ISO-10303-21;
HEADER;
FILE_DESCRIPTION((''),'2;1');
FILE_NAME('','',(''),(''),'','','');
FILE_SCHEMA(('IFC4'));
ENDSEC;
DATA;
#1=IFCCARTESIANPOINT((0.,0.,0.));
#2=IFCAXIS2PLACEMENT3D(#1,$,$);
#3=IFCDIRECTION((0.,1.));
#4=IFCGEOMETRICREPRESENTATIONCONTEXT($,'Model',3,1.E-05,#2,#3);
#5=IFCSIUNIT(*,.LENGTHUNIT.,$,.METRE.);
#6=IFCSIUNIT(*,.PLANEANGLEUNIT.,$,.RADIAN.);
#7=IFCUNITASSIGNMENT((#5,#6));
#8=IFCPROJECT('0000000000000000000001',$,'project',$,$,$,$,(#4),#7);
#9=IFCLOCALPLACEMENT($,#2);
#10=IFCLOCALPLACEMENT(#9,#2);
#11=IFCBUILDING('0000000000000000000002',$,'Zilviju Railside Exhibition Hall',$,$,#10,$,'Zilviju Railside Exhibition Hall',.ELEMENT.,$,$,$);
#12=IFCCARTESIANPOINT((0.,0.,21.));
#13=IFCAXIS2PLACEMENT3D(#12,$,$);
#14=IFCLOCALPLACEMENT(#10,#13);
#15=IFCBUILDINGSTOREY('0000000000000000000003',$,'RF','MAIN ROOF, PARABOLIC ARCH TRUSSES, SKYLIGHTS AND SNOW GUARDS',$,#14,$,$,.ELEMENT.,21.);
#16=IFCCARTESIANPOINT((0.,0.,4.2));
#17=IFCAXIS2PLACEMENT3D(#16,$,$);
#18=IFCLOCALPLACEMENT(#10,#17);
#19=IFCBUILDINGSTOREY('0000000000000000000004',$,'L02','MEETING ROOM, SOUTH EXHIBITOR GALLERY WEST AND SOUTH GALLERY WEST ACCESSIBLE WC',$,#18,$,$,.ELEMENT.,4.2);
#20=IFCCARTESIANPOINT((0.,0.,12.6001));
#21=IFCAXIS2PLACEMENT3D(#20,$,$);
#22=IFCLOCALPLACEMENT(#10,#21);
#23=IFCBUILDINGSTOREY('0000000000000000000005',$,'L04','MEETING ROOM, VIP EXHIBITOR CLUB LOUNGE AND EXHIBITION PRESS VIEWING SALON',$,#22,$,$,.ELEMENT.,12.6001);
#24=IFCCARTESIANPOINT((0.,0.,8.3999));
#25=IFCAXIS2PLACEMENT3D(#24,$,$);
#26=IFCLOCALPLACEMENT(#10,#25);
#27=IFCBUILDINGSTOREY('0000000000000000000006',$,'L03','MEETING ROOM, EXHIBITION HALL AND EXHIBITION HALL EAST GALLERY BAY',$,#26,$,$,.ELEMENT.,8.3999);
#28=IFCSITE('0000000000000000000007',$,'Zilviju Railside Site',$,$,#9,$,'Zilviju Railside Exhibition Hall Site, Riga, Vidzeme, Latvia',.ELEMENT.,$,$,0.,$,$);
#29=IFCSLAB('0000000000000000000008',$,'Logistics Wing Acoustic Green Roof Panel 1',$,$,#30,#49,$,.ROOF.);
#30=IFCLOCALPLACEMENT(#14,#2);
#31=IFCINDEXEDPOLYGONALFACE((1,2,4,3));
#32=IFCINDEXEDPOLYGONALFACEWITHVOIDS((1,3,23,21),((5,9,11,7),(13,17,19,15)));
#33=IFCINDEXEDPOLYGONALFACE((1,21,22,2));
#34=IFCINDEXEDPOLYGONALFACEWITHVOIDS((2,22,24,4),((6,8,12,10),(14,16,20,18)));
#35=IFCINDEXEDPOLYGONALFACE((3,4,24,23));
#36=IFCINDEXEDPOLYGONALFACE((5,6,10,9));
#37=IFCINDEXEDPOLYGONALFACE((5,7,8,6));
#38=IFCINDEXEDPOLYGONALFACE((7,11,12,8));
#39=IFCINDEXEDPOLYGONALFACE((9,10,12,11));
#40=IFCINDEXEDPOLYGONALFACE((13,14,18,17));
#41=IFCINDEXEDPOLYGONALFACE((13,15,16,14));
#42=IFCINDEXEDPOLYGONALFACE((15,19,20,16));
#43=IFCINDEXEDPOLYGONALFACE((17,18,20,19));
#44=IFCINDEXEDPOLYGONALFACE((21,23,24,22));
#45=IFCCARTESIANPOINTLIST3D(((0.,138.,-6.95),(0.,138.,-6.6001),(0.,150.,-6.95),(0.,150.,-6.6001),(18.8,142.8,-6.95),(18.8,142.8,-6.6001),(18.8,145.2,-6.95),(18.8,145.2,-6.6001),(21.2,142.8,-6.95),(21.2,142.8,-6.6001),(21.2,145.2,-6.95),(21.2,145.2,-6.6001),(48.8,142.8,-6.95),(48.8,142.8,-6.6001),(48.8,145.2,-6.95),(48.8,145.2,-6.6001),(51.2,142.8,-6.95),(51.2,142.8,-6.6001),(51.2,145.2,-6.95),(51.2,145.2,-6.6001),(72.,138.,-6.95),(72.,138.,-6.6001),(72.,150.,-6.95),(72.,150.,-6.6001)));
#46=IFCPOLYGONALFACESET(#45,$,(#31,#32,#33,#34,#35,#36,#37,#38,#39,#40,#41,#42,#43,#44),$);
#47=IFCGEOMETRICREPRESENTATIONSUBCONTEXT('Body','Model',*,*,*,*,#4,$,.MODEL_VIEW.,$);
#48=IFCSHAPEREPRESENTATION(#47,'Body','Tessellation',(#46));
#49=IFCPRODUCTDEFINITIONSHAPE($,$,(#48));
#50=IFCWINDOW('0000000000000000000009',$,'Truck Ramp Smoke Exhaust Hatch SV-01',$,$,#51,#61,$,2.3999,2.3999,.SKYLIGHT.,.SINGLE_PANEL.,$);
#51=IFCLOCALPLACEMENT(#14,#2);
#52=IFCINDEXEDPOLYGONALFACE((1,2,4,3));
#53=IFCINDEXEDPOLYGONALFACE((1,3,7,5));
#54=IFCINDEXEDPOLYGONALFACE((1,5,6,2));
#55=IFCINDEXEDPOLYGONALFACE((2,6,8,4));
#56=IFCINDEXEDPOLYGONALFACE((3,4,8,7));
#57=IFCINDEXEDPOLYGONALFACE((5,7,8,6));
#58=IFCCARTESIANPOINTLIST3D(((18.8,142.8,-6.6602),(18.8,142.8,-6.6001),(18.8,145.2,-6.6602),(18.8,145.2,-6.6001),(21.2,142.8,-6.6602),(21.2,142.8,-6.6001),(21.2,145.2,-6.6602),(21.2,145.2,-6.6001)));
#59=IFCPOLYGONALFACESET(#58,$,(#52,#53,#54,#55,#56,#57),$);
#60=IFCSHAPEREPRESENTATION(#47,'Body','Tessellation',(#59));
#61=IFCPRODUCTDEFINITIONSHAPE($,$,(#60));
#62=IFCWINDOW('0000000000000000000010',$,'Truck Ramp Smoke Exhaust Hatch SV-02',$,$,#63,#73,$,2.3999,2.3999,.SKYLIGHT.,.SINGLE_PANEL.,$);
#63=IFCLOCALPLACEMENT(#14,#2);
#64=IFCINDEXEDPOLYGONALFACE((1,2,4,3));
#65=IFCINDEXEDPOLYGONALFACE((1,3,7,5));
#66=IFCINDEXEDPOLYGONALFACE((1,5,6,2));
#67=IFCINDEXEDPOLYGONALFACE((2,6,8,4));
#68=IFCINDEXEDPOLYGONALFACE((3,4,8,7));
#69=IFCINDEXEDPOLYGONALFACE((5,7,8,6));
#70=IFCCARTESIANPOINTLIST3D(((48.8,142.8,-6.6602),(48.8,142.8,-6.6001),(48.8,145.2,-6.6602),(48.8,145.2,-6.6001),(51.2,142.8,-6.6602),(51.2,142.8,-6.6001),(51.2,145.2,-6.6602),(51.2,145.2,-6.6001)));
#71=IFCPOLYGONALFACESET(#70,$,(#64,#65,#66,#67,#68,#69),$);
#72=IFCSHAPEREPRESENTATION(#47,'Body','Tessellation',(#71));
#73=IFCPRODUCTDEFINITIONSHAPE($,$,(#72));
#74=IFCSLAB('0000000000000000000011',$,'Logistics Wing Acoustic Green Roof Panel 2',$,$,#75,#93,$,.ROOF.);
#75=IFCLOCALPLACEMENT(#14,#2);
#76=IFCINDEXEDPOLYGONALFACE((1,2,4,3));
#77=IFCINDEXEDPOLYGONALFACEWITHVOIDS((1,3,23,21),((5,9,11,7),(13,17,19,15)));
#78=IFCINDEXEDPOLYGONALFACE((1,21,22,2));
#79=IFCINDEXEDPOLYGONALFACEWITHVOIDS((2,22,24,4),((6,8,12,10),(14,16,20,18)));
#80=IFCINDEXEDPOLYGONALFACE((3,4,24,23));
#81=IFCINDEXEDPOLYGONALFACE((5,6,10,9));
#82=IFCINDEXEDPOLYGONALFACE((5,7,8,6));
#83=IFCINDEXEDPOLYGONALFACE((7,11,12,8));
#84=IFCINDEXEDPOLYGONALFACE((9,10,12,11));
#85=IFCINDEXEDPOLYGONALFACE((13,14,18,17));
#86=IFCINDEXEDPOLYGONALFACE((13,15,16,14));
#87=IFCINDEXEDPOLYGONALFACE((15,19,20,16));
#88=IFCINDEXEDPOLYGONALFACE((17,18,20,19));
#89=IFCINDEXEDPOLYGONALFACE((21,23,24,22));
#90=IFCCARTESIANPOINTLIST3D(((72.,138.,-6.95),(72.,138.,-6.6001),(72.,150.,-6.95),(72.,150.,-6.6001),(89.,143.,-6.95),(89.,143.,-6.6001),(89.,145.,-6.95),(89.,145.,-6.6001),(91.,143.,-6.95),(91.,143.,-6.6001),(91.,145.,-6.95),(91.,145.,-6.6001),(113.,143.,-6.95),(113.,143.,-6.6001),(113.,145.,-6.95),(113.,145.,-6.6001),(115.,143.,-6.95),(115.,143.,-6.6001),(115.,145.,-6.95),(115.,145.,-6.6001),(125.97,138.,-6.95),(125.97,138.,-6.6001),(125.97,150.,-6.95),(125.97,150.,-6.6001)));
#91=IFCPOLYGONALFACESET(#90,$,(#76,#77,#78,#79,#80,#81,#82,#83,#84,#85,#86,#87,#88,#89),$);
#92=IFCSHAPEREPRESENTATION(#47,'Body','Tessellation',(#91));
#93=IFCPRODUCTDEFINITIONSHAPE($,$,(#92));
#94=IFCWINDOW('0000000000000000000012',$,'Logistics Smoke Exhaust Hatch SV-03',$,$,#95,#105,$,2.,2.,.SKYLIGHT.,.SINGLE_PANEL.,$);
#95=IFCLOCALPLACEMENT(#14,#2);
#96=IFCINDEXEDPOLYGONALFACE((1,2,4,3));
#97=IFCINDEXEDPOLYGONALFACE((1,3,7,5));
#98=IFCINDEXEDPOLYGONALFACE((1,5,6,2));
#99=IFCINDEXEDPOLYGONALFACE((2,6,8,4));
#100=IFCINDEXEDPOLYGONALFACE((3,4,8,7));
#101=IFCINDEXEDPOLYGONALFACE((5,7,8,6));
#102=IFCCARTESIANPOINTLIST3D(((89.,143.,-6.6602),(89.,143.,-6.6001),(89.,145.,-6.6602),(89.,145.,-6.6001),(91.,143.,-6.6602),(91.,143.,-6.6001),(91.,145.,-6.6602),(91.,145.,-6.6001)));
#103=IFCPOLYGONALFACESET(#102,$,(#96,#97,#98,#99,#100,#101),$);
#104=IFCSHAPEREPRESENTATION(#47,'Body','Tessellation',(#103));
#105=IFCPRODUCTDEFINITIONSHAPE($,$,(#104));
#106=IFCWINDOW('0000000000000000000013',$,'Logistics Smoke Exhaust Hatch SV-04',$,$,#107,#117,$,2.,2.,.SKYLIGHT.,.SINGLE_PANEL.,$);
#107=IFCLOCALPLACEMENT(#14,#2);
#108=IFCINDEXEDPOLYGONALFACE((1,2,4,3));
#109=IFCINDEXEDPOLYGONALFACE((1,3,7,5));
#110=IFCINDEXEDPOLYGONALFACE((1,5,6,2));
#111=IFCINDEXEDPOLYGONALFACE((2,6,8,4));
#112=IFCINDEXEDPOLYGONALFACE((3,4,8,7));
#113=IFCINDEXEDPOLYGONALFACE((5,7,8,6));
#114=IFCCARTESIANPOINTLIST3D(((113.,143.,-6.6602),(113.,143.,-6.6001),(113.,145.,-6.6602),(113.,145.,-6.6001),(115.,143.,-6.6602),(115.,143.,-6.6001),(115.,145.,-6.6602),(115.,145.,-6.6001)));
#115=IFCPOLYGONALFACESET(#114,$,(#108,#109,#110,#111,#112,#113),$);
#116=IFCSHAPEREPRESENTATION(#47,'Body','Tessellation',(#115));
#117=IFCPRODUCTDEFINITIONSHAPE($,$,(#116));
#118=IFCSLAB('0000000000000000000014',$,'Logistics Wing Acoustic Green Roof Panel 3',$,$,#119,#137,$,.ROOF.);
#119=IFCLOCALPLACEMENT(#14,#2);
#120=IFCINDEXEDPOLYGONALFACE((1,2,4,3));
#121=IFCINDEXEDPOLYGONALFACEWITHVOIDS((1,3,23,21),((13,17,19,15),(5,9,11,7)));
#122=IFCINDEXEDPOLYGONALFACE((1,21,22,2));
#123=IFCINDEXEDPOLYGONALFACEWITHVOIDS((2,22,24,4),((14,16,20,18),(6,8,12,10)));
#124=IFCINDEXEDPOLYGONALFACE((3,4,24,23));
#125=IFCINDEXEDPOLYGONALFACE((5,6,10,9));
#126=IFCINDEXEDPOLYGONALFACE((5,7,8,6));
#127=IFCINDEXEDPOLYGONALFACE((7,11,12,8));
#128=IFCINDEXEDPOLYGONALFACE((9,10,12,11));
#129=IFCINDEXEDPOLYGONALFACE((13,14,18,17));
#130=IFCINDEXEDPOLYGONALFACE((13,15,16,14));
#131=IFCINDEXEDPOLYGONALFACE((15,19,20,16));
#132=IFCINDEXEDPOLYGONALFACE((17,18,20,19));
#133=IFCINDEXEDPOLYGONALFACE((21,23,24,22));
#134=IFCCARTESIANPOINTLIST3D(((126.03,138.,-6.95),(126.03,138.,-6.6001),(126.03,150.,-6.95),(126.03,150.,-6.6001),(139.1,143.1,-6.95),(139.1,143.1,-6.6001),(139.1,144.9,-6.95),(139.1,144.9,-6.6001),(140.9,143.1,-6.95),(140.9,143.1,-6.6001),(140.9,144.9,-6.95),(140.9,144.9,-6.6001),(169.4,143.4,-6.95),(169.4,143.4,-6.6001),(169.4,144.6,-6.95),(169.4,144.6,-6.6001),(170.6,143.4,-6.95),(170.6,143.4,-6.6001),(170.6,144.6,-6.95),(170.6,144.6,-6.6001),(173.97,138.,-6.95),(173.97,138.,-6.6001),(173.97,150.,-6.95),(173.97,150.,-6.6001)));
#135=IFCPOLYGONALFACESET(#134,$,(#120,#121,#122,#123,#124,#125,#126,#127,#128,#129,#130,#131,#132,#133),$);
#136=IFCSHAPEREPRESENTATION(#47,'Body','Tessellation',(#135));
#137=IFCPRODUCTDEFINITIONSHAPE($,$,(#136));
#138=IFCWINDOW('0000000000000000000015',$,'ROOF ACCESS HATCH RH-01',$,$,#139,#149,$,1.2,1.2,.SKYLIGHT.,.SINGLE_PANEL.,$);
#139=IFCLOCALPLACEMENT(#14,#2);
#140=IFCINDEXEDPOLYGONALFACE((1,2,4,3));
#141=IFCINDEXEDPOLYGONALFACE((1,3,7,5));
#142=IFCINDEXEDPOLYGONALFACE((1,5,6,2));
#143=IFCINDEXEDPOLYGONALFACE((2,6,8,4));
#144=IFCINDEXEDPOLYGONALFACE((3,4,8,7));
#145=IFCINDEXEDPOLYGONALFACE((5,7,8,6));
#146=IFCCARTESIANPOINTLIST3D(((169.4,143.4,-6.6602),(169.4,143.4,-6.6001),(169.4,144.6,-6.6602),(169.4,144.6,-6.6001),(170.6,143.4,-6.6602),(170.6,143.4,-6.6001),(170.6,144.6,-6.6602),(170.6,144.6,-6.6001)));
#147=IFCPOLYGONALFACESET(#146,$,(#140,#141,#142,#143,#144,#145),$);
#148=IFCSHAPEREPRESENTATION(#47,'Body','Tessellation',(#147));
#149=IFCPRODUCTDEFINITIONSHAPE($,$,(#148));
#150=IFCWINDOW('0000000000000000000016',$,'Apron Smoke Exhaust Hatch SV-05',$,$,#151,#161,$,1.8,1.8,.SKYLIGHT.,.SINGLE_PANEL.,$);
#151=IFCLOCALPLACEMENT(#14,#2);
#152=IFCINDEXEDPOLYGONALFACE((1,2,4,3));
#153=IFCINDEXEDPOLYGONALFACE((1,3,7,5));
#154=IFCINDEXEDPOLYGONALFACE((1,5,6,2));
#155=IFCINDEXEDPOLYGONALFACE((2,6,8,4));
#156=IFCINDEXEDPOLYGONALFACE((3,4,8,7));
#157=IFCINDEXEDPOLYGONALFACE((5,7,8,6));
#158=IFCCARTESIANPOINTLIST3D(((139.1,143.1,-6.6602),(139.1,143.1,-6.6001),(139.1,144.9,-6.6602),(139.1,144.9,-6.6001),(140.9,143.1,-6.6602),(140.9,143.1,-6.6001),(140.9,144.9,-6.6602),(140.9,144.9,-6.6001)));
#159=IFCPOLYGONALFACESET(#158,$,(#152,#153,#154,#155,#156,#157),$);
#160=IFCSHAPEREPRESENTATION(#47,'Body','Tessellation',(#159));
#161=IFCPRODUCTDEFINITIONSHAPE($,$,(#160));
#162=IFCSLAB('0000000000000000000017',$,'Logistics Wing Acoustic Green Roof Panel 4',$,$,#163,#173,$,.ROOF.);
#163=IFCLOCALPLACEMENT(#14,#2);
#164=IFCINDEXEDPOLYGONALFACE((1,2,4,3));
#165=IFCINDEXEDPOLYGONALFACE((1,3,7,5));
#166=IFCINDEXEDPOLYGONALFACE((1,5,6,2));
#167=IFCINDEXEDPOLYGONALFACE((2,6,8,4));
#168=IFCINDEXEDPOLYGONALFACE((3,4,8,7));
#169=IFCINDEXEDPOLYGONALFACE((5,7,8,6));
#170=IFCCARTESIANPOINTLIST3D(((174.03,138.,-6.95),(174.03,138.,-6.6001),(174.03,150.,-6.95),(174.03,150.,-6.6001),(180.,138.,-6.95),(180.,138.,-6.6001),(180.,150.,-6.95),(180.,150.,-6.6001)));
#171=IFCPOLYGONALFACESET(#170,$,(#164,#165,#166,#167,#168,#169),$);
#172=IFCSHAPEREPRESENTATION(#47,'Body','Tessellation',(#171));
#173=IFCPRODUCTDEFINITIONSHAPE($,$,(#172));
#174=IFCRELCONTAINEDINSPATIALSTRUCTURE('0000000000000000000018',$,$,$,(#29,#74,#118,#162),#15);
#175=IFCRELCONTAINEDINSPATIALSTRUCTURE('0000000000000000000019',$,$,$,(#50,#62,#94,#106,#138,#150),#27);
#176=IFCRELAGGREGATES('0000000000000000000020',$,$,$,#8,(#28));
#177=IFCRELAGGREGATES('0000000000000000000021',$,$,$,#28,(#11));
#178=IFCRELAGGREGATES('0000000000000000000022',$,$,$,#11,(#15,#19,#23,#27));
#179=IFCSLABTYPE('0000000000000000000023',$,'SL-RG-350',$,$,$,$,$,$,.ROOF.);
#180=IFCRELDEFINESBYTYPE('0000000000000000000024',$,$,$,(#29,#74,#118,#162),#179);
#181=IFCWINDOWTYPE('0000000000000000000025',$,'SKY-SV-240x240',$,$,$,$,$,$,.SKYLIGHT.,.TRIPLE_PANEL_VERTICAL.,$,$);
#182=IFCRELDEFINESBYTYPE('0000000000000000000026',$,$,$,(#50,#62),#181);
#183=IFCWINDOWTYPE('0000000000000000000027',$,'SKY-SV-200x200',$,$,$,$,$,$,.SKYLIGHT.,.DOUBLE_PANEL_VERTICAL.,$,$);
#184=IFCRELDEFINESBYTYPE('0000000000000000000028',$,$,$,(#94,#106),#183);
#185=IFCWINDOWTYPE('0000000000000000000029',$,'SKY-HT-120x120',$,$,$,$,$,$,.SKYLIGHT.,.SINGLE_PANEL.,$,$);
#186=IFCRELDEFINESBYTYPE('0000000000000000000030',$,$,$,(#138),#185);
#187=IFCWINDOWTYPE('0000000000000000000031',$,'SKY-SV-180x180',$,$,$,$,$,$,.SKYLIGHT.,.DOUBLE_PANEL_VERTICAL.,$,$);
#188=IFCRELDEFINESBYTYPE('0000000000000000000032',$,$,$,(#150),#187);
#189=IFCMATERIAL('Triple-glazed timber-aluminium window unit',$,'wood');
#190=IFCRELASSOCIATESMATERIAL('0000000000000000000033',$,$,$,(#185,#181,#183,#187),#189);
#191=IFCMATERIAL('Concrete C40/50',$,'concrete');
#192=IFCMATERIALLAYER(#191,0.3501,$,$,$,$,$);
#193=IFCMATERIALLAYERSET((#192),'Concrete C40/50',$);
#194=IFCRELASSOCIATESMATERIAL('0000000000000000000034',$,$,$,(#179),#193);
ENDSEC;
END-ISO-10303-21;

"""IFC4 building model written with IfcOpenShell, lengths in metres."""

from ifc_helpers import new_model, si_unit, direction, frame, origin, origin_2d, place, context, subcontext, project, spatial, polyline, rectangle, outline, extrude, material, layer, layer_set, type_object, element, fill, save


model = new_model("IFC4")

# Units and contexts
model_context = context("Model", 3, precision=1e-05, world=origin(), true_north=direction((0.0, 1.0)))
body_context = subcontext(model_context, "Body", "Model", "MODEL_VIEW")
ifc_project = project(units=[si_unit("LENGTHUNIT", "METRE"), si_unit("PLANEANGLEUNIT", "RADIAN")], contexts=[model_context])

# Site, building, storey
site_placement = place(None, origin())
site = spatial("IfcSite", under=ifc_project, at=site_placement, Name="Zilviju Railside Site", LongName="Zilviju Railside Exhibition Hall Site, Riga, Vidzeme, Latvia", CompositionType="ELEMENT", RefElevation=0.0)
building_placement = place(site_placement, origin())
building = spatial("IfcBuilding", under=site, at=building_placement, Name="Zilviju Railside Exhibition Hall", LongName="Zilviju Railside Exhibition Hall", CompositionType="ELEMENT")
storey_1_placement = place(building_placement, frame((0.0, 0.0, 21.0)))
storey_1 = spatial("IfcBuildingStorey", under=building, at=storey_1_placement, Name="RF", Description="MAIN ROOF, PARABOLIC ARCH TRUSSES, SKYLIGHTS AND SNOW GUARDS", CompositionType="ELEMENT", Elevation=21.0)

# Shared definitions
storey_2_placement = place(building_placement, frame((0.0, 0.0, 4.2)))
storey_2 = spatial("IfcBuildingStorey", under=building, at=storey_2_placement, Name="L02", Description="MEETING ROOM, SOUTH EXHIBITOR GALLERY WEST AND SOUTH GALLERY WEST ACCESSIBLE WC", CompositionType="ELEMENT", Elevation=4.2)

# Shared definitions
ifc_material_1 = material(Name="Triple-glazed timber-aluminium window unit", Category="wood")
window_type_1 = type_object("IfcWindowType", Name="SKY-HT-120x120", PartitioningType="SINGLE_PANEL", PredefinedType="SKYLIGHT", material=ifc_material_1)

# Shared definitions
storey_3_placement = place(building_placement, frame((0.0, 0.0, 12.6001)))
storey_3 = spatial("IfcBuildingStorey", under=building, at=storey_3_placement, Name="L04", Description="MEETING ROOM, VIP EXHIBITOR CLUB LOUNGE AND EXHIBITION PRESS VIEWING SALON", CompositionType="ELEMENT", Elevation=12.6001)

# Slab, openings
ifc_material_2 = material(Name="Concrete C40/50", Category="concrete")
ifc_layer_1 = layer(ifc_material_2, 0.3501)
ifc_layer_set_1 = layer_set([ifc_layer_1], Name="Concrete C40/50")
slab_type_1 = type_object("IfcSlabType", Name="SL-RG-350", PredefinedType="ROOF", material=ifc_layer_set_1)
slab_1_placement = place(storey_1_placement, frame((0.0, 0.0, -6.95)))
slab_1 = element("IfcSlab", 1, at=slab_1_placement, inside=storey_1, type_object=slab_type_1, Name="Logistics Wing Acoustic Green Roof Panel 1", PredefinedType="ROOF", context=body_context, shape_type="SweptSolid", body=[
    extrude(outline(polyline([(0.0, 138.0), (72.0, 138.0), (72.0, 150.0), (0.0, 150.0), (0.0, 138.0)])), origin(), (0.0, 0.0, 1.0), 0.3499),
])
opening_1_placement = place(slab_1_placement, frame((20.0, 144.0, 0.0)))
opening_1 = element("IfcOpeningElement", 2, at=opening_1_placement, cuts=slab_1, PredefinedType="OPENING", context=body_context, shape_type="SweptSolid", body=[
    extrude(rectangle(XDim=2.3999, YDim=2.3999, at=origin_2d()), frame((0.0, 0.0, -0.01)), (0.0, 0.0, 1.0), 0.3699),
])
opening_2_placement = place(slab_1_placement, frame((50.0, 144.0, 0.0)))
opening_2 = element("IfcOpeningElement", 3, at=opening_2_placement, cuts=slab_1, PredefinedType="OPENING", context=body_context, shape_type="SweptSolid", body=[
    extrude(rectangle(XDim=2.3999, YDim=2.3999, at=origin_2d()), frame((0.0, 0.0, -0.01)), (0.0, 0.0, 1.0), 0.3699),
])

# Shared definitions
storey_4_placement = place(building_placement, frame((0.0, 0.0, 8.3999)))
storey_4 = spatial("IfcBuildingStorey", under=building, at=storey_4_placement, Name="L03", Description="MEETING ROOM, EXHIBITION HALL AND EXHIBITION HALL EAST GALLERY BAY", CompositionType="ELEMENT", Elevation=8.3999)

# Windows
window_type_2 = type_object("IfcWindowType", Name="SKY-SV-240x240", PartitioningType="TRIPLE_PANEL_VERTICAL", PredefinedType="SKYLIGHT", material=ifc_material_1)
window_1_placement = place(opening_1_placement, frame((0.0, 0.0, 0.2898)))
window_1 = element("IfcWindow", 4, at=window_1_placement, inside=storey_4, type_object=window_type_2, Name="Truck Ramp Smoke Exhaust Hatch SV-01", OverallHeight=2.3999, OverallWidth=2.3999, PartitioningType="SINGLE_PANEL", PredefinedType="SKYLIGHT", context=body_context, shape_type="SweptSolid", body=[
    extrude(rectangle(XDim=2.3999, YDim=2.3999, at=origin_2d()), origin(), (0.0, 0.0, 1.0), 0.0601),
])
fill(opening_1, window_1)
window_2_placement = place(opening_2_placement, frame((0.0, 0.0, 0.2898)))
window_2 = element("IfcWindow", 5, at=window_2_placement, inside=storey_4, type_object=window_type_2, Name="Truck Ramp Smoke Exhaust Hatch SV-02", OverallHeight=2.3999, OverallWidth=2.3999, PartitioningType="SINGLE_PANEL", PredefinedType="SKYLIGHT", context=body_context, shape_type="SweptSolid", body=[
    extrude(rectangle(XDim=2.3999, YDim=2.3999, at=origin_2d()), origin(), (0.0, 0.0, 1.0), 0.0601),
])
fill(opening_2, window_2)

# Slabs, openings, windows
slab_2_placement = place(storey_1_placement, frame((0.0, 0.0, -6.95)))
slab_2 = element("IfcSlab", 6, at=slab_2_placement, inside=storey_1, type_object=slab_type_1, Name="Logistics Wing Acoustic Green Roof Panel 2", PredefinedType="ROOF", context=body_context, shape_type="SweptSolid", body=[
    extrude(outline(polyline([(72.0, 138.0), (125.97, 138.0), (125.97, 150.0), (72.0, 150.0), (72.0, 138.0)])), origin(), (0.0, 0.0, 1.0), 0.3499),
])
opening_3_placement = place(slab_2_placement, frame((90.0, 144.0, 0.0)))
opening_3 = element("IfcOpeningElement", 7, at=opening_3_placement, cuts=slab_2, PredefinedType="OPENING", context=body_context, shape_type="SweptSolid", body=[
    extrude(rectangle(XDim=2.0, YDim=2.0, at=origin_2d()), frame((0.0, 0.0, -0.01)), (0.0, 0.0, 1.0), 0.3699),
])
opening_4_placement = place(slab_2_placement, frame((114.0, 144.0, 0.0)))
opening_4 = element("IfcOpeningElement", 8, at=opening_4_placement, cuts=slab_2, PredefinedType="OPENING", context=body_context, shape_type="SweptSolid", body=[
    extrude(rectangle(XDim=2.0, YDim=2.0, at=origin_2d()), frame((0.0, 0.0, -0.01)), (0.0, 0.0, 1.0), 0.3699),
])
window_type_3 = type_object("IfcWindowType", Name="SKY-SV-200x200", PartitioningType="DOUBLE_PANEL_VERTICAL", PredefinedType="SKYLIGHT", material=ifc_material_1)
window_3_placement = place(opening_3_placement, frame((0.0, 0.0, 0.2898)))
window_3 = element("IfcWindow", 9, at=window_3_placement, inside=storey_4, type_object=window_type_3, Name="Logistics Smoke Exhaust Hatch SV-03", OverallHeight=2.0, OverallWidth=2.0, PartitioningType="SINGLE_PANEL", PredefinedType="SKYLIGHT", context=body_context, shape_type="SweptSolid", body=[
    extrude(rectangle(XDim=2.0, YDim=2.0, at=origin_2d()), origin(), (0.0, 0.0, 1.0), 0.0601),
])
fill(opening_3, window_3)
window_4_placement = place(opening_4_placement, frame((0.0, 0.0, 0.2898)))
window_4 = element("IfcWindow", 10, at=window_4_placement, inside=storey_4, type_object=window_type_3, Name="Logistics Smoke Exhaust Hatch SV-04", OverallHeight=2.0, OverallWidth=2.0, PartitioningType="SINGLE_PANEL", PredefinedType="SKYLIGHT", context=body_context, shape_type="SweptSolid", body=[
    extrude(rectangle(XDim=2.0, YDim=2.0, at=origin_2d()), origin(), (0.0, 0.0, 1.0), 0.0601),
])
fill(opening_4, window_4)
slab_3_placement = place(storey_1_placement, frame((0.0, 0.0, -6.95)))
slab_3 = element("IfcSlab", 11, at=slab_3_placement, inside=storey_1, type_object=slab_type_1, Name="Logistics Wing Acoustic Green Roof Panel 3", PredefinedType="ROOF", context=body_context, shape_type="SweptSolid", body=[
    extrude(outline(polyline([(126.03, 138.0), (173.97, 138.0), (173.97, 150.0), (126.03, 150.0), (126.03, 138.0)])), origin(), (0.0, 0.0, 1.0), 0.3499),
])
opening_5_placement = place(slab_3_placement, frame((140.0, 144.0, 0.0)))
opening_5 = element("IfcOpeningElement", 12, at=opening_5_placement, cuts=slab_3, PredefinedType="OPENING", context=body_context, shape_type="SweptSolid", body=[
    extrude(rectangle(XDim=1.8, YDim=1.8, at=origin_2d()), frame((0.0, 0.0, -0.01)), (0.0, 0.0, 1.0), 0.3699),
])
opening_6_placement = place(slab_3_placement, frame((170.0, 144.0, 0.0)))
opening_6 = element("IfcOpeningElement", 13, at=opening_6_placement, cuts=slab_3, PredefinedType="OPENING", context=body_context, shape_type="SweptSolid", body=[
    extrude(rectangle(XDim=1.2, YDim=1.2, at=origin_2d()), frame((0.0, 0.0, -0.01)), (0.0, 0.0, 1.0), 0.3699),
])
window_5_placement = place(opening_6_placement, frame((0.0, 0.0, 0.2898)))
window_5 = element("IfcWindow", 14, at=window_5_placement, inside=storey_4, type_object=window_type_1, Name="ROOF ACCESS HATCH RH-01", OverallHeight=1.2, OverallWidth=1.2, PartitioningType="SINGLE_PANEL", PredefinedType="SKYLIGHT", context=body_context, shape_type="SweptSolid", body=[
    extrude(rectangle(XDim=1.2, YDim=1.2, at=origin_2d()), origin(), (0.0, 0.0, 1.0), 0.0601),
])
fill(opening_6, window_5)
window_type_4 = type_object("IfcWindowType", Name="SKY-SV-180x180", PartitioningType="DOUBLE_PANEL_VERTICAL", PredefinedType="SKYLIGHT", material=ifc_material_1)
window_6_placement = place(opening_5_placement, frame((0.0, 0.0, 0.2898)))
window_6 = element("IfcWindow", 15, at=window_6_placement, inside=storey_4, type_object=window_type_4, Name="Apron Smoke Exhaust Hatch SV-05", OverallHeight=1.8, OverallWidth=1.8, PartitioningType="SINGLE_PANEL", PredefinedType="SKYLIGHT", context=body_context, shape_type="SweptSolid", body=[
    extrude(rectangle(XDim=1.8, YDim=1.8, at=origin_2d()), origin(), (0.0, 0.0, 1.0), 0.0601),
])
fill(opening_5, window_6)

# Slab
slab_4_placement = place(storey_1_placement, frame((0.0, 0.0, -6.95)))
element("IfcSlab", 16, at=slab_4_placement, inside=storey_1, type_object=slab_type_1, Name="Logistics Wing Acoustic Green Roof Panel 4", PredefinedType="ROOF", context=body_context, shape_type="SweptSolid", body=[
    extrude(outline(polyline([(174.03, 138.0), (180.0, 138.0), (180.0, 150.0), (174.03, 150.0), (174.03, 138.0)])), origin(), (0.0, 0.0, 1.0), 0.3499),
])

save(model, "model.ifc")
